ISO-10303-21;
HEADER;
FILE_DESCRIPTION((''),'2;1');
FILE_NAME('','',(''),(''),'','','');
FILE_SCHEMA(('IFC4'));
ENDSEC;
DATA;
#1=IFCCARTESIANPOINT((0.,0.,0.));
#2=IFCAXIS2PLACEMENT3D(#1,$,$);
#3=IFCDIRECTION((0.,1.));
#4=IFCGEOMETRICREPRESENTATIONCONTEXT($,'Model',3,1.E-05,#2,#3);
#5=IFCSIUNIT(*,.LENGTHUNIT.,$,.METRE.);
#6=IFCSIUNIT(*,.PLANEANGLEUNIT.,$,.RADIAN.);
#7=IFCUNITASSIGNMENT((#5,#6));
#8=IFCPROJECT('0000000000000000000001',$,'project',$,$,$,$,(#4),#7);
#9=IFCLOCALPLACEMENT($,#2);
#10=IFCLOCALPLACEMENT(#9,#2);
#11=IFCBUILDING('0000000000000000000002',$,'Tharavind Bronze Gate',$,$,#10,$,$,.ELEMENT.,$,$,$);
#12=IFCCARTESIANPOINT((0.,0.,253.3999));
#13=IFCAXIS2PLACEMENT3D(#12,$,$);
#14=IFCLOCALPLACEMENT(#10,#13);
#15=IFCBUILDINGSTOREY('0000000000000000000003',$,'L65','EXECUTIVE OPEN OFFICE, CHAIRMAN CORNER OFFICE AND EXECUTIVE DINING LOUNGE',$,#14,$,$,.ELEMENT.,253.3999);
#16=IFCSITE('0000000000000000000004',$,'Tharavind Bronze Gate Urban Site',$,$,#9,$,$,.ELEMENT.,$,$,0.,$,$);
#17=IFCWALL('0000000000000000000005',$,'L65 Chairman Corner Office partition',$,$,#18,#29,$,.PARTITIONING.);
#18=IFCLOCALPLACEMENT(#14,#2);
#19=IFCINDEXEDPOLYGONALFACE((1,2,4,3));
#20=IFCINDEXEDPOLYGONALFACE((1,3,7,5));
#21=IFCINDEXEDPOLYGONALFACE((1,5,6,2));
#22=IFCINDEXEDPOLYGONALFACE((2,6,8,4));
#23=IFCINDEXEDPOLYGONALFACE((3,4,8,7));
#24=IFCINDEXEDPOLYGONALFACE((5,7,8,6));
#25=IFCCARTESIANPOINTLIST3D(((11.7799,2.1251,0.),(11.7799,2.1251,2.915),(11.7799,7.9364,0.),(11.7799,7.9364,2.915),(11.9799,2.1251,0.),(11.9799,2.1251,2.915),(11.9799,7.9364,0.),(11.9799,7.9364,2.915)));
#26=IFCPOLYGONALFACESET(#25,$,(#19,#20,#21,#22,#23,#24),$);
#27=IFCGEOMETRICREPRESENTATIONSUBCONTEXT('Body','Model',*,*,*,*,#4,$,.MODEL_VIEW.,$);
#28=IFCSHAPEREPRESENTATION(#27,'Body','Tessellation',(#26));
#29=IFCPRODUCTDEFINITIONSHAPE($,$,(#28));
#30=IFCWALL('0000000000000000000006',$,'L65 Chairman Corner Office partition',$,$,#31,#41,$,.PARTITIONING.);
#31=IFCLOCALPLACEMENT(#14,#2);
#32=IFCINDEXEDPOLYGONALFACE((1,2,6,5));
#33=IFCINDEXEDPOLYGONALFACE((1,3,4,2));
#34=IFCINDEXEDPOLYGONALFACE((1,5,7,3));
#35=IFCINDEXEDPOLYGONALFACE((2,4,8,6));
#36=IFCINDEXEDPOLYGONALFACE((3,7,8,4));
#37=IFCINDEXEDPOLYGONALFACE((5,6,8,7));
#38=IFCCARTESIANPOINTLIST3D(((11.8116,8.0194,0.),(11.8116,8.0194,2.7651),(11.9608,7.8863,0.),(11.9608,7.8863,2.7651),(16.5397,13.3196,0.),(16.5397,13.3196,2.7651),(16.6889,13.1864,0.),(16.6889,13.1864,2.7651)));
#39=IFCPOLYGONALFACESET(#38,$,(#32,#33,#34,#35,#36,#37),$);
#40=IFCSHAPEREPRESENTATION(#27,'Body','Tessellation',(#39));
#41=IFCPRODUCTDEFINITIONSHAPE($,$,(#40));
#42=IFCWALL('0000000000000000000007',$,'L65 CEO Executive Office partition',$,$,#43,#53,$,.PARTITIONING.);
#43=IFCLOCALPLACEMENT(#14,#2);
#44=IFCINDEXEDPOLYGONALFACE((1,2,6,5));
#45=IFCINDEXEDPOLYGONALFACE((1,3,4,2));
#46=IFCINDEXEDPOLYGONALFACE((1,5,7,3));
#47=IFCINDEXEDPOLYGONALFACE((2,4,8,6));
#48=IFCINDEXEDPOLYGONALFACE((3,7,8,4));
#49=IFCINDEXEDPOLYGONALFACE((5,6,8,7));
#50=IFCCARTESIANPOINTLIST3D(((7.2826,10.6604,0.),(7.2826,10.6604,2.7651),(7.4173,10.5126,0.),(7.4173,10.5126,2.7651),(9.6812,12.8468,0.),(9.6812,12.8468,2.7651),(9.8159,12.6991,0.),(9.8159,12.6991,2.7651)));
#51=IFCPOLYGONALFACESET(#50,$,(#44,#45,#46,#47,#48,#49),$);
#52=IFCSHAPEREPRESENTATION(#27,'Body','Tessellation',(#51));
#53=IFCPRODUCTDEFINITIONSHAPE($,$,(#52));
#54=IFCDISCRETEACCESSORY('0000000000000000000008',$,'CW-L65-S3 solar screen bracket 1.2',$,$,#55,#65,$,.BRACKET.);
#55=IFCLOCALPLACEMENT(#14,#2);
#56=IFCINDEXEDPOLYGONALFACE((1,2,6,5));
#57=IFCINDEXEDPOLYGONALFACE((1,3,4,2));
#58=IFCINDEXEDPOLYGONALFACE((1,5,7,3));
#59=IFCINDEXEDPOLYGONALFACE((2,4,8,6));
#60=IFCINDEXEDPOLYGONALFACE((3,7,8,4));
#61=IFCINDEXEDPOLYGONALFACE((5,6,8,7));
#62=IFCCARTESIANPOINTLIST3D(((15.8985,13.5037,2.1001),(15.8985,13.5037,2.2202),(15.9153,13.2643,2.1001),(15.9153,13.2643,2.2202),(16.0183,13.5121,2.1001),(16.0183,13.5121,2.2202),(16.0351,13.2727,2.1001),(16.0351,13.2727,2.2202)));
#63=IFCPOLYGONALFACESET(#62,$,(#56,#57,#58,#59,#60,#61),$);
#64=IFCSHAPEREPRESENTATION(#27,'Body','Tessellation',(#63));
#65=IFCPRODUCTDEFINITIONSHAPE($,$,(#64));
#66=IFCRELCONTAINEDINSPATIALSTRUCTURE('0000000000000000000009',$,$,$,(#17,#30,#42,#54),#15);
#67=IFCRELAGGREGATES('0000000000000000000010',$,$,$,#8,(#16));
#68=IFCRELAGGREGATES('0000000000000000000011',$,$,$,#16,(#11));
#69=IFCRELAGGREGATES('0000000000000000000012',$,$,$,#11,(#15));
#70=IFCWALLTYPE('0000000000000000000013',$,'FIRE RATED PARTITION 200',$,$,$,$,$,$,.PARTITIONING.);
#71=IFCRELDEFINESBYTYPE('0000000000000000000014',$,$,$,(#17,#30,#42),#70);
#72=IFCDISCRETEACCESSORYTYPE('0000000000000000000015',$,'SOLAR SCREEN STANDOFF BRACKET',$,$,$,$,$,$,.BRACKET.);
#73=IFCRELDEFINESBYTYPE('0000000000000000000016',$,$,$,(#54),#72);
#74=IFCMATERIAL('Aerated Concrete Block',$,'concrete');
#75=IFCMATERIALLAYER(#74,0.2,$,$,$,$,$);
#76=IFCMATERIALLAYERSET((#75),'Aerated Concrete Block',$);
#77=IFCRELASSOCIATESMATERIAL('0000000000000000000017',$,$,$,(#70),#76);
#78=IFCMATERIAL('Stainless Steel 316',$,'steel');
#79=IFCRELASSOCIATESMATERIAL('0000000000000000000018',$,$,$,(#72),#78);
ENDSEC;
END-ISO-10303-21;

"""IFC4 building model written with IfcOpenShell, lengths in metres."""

from ifc_helpers import new_model, si_unit, direction, frame, frame_2d, origin, origin_2d, place, context, subcontext, project, spatial, rectangle, extrude, material, layer, layer_set, type_object, element, save


model = new_model("IFC4")

# Units and contexts
model_context = context("Model", 3, precision=1e-05, world=origin(), true_north=direction((0.0, 1.0)))
body_context = subcontext(model_context, "Body", "Model", "MODEL_VIEW")
ifc_project = project(units=[si_unit("LENGTHUNIT", "METRE"), si_unit("PLANEANGLEUNIT", "RADIAN")], contexts=[model_context])

# Site, building, storey
site_placement = place(None, origin())
site = spatial("IfcSite", under=ifc_project, at=site_placement, Name="Tharavind Bronze Gate Urban Site", CompositionType="ELEMENT", RefElevation=0.0)
building_placement = place(site_placement, origin())
building = spatial("IfcBuilding", under=site, at=building_placement, Name="Tharavind Bronze Gate", CompositionType="ELEMENT")
storey_placement = place(building_placement, frame((0.0, 0.0, 253.3999)))
storey = spatial("IfcBuildingStorey", under=building, at=storey_placement, Name="L65", Description="EXECUTIVE OPEN OFFICE, CHAIRMAN CORNER OFFICE AND EXECUTIVE DINING LOUNGE", CompositionType="ELEMENT", Elevation=253.3999)

# Shared definitions
ifc_material_1 = material(Name="Aerated Concrete Block", Category="concrete")
ifc_layer_1 = layer(ifc_material_1, 0.2)
ifc_layer_set_1 = layer_set([ifc_layer_1], Name="Aerated Concrete Block")
wall_type = type_object("IfcWallType", Name="FIRE RATED PARTITION 200", PredefinedType="PARTITIONING", material=ifc_layer_set_1)

# Walls
wall_1_placement = place(storey_placement, frame((11.8799, 2.125, 0.0), z_axis=(0.0, 0.0, 1.0), x_axis=(0.0, 1.0, 0.0)))
element("IfcWall", 1, at=wall_1_placement, inside=storey, type_object=wall_type, Name="L65 Chairman Corner Office partition", PredefinedType="PARTITIONING", context=body_context, shape_type="SweptSolid", body=[
    extrude(rectangle(XDim=5.8113, YDim=0.2, at=frame_2d((2.9058, 0.0))), origin(), (0.0, 0.0, 1.0), 2.915),
])
wall_2_placement = place(storey_placement, frame((11.8862, 7.9529, 0.0), z_axis=(0.0, 0.0, 1.0), x_axis=(0.66569, 0.746229, 0.0)))
element("IfcWall", 2, at=wall_2_placement, inside=storey, type_object=wall_type, Name="L65 Chairman Corner Office partition", PredefinedType="PARTITIONING", context=body_context, shape_type="SweptSolid", body=[
    extrude(rectangle(XDim=7.1025, YDim=0.2, at=frame_2d((3.5513, 0.0))), origin(), (0.0, 0.0, 1.0), 2.7651),
])
wall_3_placement = place(storey_placement, frame((9.7485, 12.7729, 0.0), z_axis=(0.0, 0.0, 1.0), x_axis=(-0.739034, -0.673668, 0.0)))
element("IfcWall", 3, at=wall_3_placement, inside=storey, type_object=wall_type, Name="L65 CEO Executive Office partition", PredefinedType="PARTITIONING", context=body_context, shape_type="SweptSolid", body=[
    extrude(rectangle(XDim=3.2456, YDim=0.2, at=frame_2d((1.6228, 0.0))), origin(), (0.0, 0.0, 1.0), 2.7651),
])

# Discrete accessory
ifc_material_2 = material(Name="Stainless Steel 316", Category="steel")
discrete_accessory_type = type_object("IfcDiscreteAccessoryType", Name="SOLAR SCREEN STANDOFF BRACKET", PredefinedType="BRACKET", material=ifc_material_2)
discrete_accessory_placement = place(storey_placement, frame((15.9668, 13.3882, 2.1001), z_axis=(0.0, 0.0, 1.0), x_axis=(-0.997564, -0.06976, 0.0)))
element("IfcDiscreteAccessory", 4, at=discrete_accessory_placement, inside=storey, type_object=discrete_accessory_type, Name="CW-L65-S3 solar screen bracket 1.2", PredefinedType="BRACKET", context=body_context, shape_type="SweptSolid", body=[
    extrude(rectangle(XDim=0.1201, YDim=0.24, at=origin_2d()), origin(), (0.0, 0.0, 1.0), 0.1201),
])

save(model, "model.ifc")
